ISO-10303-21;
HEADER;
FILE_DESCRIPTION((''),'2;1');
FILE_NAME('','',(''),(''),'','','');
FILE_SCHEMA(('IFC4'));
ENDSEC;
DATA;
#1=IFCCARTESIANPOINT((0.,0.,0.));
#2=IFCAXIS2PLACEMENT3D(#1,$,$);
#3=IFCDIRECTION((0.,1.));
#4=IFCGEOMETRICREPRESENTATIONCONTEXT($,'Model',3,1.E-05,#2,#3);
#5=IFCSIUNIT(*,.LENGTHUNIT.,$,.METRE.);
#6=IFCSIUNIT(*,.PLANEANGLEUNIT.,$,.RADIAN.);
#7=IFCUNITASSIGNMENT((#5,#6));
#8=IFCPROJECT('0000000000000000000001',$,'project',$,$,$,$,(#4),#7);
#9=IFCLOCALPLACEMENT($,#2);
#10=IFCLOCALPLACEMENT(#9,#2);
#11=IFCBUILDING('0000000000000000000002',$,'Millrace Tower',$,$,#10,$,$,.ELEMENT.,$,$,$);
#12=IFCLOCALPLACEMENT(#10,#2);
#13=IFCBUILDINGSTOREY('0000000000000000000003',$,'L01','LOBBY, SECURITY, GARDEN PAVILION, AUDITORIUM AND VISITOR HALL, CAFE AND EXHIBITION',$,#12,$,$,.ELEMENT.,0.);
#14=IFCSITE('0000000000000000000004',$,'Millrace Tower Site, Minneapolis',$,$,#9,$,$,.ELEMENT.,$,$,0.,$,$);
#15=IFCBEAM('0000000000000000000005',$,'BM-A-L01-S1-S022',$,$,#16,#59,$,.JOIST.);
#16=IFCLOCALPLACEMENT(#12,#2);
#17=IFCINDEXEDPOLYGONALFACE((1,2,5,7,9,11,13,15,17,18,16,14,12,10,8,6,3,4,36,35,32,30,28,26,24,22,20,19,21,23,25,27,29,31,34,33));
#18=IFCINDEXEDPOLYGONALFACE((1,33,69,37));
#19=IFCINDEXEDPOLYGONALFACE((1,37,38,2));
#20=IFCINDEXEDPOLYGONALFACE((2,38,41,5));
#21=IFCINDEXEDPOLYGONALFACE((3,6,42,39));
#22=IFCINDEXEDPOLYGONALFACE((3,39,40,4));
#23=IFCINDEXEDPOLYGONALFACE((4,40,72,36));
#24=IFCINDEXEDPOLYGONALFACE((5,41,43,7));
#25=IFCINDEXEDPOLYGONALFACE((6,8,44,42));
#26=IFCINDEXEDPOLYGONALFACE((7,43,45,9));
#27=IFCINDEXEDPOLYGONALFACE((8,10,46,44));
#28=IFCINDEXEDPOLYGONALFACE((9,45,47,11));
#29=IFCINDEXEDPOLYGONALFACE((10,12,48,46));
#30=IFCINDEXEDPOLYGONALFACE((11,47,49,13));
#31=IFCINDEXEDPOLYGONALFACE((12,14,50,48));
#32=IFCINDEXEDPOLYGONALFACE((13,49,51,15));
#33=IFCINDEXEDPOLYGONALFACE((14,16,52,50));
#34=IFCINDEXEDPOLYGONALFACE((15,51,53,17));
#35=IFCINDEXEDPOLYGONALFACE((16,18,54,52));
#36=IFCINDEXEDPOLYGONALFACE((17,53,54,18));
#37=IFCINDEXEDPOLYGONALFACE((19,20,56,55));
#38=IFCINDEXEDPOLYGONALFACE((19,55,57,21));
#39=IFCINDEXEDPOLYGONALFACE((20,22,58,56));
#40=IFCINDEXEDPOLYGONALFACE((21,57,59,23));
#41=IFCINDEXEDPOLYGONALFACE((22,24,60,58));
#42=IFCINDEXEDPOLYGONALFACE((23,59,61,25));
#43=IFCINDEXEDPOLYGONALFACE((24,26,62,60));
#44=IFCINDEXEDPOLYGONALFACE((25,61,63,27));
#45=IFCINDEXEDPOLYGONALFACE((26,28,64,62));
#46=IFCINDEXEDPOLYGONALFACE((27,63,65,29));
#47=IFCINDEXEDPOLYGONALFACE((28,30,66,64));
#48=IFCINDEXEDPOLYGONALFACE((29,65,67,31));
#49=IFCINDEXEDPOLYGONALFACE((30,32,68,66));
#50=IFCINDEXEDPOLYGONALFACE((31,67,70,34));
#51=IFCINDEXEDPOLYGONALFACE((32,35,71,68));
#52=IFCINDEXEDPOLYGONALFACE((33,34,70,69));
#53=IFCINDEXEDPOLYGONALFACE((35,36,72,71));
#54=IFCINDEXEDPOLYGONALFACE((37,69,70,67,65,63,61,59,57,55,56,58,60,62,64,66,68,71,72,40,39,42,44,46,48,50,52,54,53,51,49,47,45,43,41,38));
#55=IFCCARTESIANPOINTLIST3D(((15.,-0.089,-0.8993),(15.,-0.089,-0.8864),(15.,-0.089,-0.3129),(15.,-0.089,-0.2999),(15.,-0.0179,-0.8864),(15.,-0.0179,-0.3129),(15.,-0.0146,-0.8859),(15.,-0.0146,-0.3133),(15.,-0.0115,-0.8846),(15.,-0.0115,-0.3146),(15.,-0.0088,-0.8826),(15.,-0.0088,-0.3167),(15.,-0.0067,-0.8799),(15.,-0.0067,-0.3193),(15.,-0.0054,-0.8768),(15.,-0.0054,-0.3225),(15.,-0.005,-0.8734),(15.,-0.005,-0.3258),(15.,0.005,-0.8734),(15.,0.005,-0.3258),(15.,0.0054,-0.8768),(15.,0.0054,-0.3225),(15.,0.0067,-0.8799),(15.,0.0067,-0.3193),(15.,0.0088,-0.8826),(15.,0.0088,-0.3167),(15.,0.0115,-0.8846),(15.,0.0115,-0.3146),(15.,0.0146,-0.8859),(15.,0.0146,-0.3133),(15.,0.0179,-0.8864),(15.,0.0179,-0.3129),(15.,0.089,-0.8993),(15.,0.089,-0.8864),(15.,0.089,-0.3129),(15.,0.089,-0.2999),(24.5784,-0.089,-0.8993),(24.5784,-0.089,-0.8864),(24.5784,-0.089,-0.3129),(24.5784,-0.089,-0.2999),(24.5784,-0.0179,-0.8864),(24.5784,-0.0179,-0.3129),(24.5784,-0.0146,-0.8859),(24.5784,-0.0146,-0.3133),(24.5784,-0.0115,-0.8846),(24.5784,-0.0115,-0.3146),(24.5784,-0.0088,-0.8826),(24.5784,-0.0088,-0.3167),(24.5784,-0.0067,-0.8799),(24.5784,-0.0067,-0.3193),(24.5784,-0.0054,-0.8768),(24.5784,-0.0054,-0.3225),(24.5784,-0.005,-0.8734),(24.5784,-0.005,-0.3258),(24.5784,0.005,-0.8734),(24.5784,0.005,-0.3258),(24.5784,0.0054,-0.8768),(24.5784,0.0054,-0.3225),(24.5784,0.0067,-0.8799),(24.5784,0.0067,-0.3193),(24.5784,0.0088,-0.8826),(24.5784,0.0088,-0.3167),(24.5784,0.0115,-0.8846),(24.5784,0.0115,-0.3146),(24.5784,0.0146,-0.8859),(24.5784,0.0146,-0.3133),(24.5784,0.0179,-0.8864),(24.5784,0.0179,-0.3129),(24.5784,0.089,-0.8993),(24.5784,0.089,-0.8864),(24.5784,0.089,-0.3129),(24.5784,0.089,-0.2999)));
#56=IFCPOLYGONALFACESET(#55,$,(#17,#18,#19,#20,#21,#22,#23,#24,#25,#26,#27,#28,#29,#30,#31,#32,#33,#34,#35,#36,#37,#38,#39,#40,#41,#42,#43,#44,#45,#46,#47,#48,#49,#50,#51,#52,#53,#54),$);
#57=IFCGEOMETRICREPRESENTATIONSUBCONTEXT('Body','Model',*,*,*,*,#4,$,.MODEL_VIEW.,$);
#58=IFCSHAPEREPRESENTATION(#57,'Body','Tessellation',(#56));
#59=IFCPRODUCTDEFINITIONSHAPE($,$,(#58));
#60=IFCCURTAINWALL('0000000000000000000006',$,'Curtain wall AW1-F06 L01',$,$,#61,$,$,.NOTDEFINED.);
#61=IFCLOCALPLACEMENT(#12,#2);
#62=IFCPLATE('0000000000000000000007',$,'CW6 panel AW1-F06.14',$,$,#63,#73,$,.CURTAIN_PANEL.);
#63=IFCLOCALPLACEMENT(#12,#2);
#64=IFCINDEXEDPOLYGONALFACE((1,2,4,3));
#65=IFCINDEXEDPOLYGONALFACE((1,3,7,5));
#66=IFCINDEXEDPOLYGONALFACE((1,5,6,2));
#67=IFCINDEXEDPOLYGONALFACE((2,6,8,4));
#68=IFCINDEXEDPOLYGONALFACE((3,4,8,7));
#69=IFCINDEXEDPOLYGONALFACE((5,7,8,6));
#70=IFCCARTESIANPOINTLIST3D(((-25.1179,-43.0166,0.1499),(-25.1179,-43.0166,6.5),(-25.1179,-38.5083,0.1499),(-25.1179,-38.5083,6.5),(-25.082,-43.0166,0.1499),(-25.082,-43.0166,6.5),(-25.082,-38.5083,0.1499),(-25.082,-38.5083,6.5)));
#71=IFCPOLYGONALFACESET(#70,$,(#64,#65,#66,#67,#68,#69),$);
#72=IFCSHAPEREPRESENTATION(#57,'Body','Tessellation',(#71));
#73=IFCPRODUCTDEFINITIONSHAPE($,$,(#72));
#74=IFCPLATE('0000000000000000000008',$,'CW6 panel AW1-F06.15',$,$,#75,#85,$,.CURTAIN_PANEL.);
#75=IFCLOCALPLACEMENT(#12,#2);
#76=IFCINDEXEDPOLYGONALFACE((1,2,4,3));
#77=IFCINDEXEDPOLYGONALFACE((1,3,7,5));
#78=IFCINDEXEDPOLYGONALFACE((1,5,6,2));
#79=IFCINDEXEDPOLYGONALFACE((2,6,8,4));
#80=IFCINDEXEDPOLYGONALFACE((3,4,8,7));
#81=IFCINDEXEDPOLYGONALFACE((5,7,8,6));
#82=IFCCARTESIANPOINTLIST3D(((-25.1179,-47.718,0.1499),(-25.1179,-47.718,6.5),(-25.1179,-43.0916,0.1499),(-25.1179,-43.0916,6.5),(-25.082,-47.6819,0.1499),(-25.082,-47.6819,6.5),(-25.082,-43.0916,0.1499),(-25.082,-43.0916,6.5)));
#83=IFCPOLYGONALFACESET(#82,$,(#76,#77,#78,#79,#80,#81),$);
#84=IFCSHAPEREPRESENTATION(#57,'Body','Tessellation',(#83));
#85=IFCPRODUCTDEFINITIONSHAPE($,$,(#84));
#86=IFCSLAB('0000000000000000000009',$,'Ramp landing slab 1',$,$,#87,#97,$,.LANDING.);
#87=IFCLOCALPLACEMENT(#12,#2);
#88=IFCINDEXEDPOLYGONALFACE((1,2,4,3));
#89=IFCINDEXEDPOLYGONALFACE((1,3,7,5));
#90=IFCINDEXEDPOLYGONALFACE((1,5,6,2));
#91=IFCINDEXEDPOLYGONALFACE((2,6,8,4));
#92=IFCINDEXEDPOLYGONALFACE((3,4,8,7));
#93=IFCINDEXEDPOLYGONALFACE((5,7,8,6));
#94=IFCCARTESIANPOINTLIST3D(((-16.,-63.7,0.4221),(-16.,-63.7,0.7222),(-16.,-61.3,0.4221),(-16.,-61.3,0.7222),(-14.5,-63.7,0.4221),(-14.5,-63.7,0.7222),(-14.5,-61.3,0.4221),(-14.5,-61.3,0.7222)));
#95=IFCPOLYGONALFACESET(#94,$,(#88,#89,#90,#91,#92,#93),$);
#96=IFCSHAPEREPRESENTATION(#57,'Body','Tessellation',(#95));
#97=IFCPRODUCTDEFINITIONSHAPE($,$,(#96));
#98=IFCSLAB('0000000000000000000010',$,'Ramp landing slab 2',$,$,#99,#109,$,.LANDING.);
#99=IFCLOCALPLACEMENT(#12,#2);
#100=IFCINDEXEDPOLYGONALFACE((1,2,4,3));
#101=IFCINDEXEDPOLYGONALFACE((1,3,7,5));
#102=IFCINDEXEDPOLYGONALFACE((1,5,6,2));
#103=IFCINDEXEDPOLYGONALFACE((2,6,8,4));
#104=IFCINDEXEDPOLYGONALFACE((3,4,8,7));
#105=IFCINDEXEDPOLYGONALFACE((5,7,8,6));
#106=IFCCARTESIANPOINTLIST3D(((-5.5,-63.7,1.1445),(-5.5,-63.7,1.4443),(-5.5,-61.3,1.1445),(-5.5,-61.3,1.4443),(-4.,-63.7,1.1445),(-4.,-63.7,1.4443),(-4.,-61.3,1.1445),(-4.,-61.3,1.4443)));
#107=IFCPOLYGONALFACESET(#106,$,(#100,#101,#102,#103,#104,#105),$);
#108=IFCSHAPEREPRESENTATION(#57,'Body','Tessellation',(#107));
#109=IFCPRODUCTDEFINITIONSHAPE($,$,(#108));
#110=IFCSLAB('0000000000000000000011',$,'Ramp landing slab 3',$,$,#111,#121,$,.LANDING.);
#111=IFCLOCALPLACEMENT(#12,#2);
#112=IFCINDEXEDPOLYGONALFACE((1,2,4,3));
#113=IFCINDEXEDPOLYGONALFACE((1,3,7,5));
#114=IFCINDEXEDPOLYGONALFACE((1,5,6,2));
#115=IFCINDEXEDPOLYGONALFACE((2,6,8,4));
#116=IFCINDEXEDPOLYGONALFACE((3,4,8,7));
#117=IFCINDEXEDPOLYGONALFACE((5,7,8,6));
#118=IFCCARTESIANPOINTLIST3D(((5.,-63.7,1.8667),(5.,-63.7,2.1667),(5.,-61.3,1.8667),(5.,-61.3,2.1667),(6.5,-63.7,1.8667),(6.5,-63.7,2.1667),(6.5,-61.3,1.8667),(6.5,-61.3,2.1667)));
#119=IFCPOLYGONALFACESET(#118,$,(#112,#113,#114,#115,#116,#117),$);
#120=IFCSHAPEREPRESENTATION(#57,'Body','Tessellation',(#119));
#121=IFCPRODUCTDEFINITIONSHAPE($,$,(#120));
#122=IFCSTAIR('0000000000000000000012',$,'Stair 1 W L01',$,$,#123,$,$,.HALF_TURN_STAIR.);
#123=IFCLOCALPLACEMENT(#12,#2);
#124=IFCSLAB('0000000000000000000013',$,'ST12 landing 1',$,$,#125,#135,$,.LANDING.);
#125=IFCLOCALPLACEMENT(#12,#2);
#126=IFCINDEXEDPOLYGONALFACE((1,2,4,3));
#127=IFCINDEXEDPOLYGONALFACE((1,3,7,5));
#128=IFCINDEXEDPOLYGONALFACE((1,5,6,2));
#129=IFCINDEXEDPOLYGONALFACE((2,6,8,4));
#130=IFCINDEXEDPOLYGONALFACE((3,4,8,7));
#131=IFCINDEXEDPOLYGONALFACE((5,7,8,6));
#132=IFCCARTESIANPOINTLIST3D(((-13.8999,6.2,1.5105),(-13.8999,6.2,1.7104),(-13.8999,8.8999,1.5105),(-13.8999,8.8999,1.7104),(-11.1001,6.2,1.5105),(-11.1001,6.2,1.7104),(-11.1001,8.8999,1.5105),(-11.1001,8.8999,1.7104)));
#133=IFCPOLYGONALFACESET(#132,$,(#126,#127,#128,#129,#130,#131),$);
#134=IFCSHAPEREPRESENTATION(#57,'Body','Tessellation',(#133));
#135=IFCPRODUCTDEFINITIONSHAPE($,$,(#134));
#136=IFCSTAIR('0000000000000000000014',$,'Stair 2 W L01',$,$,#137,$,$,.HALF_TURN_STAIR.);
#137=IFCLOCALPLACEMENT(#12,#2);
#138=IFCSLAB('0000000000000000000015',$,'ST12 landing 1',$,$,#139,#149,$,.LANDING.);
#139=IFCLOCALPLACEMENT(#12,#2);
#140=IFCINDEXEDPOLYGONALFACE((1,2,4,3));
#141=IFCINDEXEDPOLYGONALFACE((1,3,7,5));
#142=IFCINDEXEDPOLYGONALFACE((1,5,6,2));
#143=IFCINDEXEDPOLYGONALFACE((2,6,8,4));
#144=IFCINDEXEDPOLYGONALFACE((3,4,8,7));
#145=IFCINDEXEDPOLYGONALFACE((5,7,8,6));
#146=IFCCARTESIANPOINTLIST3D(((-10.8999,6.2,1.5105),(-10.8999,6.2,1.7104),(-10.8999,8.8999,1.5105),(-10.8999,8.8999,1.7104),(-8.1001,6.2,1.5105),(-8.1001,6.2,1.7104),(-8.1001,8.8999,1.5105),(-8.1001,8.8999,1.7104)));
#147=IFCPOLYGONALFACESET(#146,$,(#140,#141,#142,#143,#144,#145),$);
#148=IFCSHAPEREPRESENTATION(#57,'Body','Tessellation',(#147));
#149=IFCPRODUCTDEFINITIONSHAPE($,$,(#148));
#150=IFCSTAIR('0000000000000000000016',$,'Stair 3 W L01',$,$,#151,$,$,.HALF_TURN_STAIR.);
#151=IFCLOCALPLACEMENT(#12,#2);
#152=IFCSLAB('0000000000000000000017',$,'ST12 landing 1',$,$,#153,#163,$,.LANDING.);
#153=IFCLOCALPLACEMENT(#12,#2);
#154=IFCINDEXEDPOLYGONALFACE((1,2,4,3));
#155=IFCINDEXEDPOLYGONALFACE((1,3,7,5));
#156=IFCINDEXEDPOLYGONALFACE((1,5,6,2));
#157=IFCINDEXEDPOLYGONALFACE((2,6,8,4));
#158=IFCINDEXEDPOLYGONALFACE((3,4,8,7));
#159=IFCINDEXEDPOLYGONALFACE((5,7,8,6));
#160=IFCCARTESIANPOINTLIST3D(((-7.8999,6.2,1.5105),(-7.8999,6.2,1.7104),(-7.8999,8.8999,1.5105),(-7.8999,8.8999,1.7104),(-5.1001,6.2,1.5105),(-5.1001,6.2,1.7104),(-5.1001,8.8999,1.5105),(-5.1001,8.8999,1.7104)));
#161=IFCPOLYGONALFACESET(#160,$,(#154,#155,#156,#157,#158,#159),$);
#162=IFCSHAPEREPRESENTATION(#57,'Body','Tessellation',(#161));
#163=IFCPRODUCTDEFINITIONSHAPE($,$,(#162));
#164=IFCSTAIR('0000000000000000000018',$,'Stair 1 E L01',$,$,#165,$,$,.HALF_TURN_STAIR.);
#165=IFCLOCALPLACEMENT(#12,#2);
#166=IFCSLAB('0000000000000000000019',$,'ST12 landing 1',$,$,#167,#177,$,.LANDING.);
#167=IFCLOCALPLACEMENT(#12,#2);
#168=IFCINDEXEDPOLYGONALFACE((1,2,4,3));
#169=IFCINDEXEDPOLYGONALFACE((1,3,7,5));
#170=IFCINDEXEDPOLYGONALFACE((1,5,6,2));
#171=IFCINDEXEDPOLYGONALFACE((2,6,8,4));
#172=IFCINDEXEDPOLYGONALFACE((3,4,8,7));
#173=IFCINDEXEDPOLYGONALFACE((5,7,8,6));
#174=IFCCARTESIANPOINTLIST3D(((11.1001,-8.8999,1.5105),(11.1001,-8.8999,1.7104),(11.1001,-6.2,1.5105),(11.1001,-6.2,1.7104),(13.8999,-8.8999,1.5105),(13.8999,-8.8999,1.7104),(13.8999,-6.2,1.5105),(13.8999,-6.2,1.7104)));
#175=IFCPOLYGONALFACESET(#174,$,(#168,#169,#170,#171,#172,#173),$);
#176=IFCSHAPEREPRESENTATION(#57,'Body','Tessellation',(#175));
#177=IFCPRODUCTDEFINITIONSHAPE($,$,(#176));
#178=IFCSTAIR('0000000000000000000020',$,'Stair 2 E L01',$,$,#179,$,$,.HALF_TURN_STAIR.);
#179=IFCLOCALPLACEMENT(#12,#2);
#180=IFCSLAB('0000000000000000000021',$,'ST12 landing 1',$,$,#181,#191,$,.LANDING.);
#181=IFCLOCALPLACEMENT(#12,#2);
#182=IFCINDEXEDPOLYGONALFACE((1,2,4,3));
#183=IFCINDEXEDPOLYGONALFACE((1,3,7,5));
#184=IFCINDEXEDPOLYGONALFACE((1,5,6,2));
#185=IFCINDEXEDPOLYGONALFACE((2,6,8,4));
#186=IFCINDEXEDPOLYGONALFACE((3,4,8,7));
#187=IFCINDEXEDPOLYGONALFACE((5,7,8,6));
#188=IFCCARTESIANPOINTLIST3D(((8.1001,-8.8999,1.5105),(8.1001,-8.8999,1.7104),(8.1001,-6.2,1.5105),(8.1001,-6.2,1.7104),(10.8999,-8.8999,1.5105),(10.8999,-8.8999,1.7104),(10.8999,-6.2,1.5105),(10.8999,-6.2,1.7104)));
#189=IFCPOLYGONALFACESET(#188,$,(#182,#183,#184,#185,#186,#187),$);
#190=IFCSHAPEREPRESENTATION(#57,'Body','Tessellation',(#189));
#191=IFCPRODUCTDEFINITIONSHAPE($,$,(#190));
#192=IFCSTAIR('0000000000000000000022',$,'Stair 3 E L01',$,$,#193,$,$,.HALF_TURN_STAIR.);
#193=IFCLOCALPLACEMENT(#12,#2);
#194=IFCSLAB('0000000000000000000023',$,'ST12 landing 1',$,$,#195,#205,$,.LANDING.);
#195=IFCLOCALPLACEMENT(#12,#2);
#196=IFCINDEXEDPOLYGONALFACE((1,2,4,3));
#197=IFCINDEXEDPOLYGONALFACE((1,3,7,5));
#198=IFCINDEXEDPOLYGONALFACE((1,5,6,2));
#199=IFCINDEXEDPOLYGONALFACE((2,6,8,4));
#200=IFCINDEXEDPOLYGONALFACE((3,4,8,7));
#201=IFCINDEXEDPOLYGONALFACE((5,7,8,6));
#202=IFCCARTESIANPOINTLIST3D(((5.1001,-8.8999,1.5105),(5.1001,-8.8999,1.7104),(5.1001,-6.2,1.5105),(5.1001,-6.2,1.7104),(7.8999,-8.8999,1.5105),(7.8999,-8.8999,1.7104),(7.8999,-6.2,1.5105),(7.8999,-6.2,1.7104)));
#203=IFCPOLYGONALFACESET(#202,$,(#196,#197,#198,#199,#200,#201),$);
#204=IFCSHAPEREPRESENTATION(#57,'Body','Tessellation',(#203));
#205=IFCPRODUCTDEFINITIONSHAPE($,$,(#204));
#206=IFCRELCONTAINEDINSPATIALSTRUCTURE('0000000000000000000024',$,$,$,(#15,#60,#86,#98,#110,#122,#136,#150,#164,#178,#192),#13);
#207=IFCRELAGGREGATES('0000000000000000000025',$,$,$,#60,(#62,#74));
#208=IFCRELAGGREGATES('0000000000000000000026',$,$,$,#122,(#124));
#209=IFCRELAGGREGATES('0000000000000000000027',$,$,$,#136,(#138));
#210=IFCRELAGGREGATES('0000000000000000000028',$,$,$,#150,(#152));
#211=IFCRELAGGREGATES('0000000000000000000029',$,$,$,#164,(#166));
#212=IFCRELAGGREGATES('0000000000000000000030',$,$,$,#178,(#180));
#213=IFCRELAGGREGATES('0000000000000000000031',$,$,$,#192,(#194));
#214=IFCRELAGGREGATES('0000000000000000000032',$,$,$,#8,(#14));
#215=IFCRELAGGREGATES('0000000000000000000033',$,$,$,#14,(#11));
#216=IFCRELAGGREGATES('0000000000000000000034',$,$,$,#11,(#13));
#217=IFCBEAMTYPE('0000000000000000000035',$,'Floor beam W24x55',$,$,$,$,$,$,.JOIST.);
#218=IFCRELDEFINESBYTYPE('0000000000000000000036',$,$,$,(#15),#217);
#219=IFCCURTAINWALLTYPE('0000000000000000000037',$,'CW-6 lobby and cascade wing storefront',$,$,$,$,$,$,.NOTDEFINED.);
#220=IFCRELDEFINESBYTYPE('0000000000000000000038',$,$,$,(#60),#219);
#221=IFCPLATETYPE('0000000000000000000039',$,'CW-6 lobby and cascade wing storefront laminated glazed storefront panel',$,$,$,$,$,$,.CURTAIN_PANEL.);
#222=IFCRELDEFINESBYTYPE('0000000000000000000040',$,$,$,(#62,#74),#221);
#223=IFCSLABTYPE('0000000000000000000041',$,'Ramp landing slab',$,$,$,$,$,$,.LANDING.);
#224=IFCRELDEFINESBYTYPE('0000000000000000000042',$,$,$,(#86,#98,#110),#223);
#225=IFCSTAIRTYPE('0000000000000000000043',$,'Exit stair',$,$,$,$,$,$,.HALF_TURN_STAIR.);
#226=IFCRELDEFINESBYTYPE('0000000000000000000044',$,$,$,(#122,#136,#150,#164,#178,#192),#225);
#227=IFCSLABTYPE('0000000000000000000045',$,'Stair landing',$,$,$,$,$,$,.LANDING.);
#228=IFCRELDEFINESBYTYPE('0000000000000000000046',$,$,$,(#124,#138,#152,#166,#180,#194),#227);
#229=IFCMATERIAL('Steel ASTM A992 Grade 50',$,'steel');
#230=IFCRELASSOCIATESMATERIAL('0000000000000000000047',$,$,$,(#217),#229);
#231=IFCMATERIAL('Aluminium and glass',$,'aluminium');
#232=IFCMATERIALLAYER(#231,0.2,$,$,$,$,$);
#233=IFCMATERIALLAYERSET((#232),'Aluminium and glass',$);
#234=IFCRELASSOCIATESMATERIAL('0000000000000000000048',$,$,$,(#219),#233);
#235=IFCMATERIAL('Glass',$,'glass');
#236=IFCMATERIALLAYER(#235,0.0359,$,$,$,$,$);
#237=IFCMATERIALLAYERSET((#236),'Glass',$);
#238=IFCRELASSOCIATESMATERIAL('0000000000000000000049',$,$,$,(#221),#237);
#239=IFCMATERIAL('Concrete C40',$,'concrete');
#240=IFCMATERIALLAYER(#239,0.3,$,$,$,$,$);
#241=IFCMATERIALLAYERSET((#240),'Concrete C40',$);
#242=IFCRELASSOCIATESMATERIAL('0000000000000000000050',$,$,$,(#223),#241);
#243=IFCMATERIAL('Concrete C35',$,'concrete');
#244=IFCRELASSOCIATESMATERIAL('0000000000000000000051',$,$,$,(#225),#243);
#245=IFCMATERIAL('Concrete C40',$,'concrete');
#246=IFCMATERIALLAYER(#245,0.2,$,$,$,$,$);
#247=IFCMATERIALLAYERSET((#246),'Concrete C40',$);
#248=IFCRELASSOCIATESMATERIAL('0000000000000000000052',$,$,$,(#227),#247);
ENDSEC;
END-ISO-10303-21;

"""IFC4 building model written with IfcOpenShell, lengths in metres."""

from ifc_helpers import new_model, si_unit, direction, frame, origin, origin_2d, place, context, subcontext, project, spatial, polyline, i_section, outline, extrude, material, layer, layer_set, material_profile, profile_set, type_object, element, aggregate, save


model = new_model("IFC4")

# Units and contexts
model_context = context("Model", 3, precision=1e-05, world=origin(), true_north=direction((0.0, 1.0)))
body_context = subcontext(model_context, "Body", "Model", "MODEL_VIEW")
ifc_project = project(units=[si_unit("LENGTHUNIT", "METRE"), si_unit("PLANEANGLEUNIT", "RADIAN")], contexts=[model_context])

# Site, building, storey
site_placement = place(None, origin())
site = spatial("IfcSite", under=ifc_project, at=site_placement, Name="Millrace Tower Site, Minneapolis", CompositionType="ELEMENT", RefElevation=0.0)
building_placement = place(site_placement, origin())
building = spatial("IfcBuilding", under=site, at=building_placement, Name="Millrace Tower", CompositionType="ELEMENT")
storey_placement = place(building_placement, origin())
storey = spatial("IfcBuildingStorey", under=building, at=storey_placement, Name="L01", Description="LOBBY, SECURITY, GARDEN PAVILION, AUDITORIUM AND VISITOR HALL, CAFE AND EXHIBITION", CompositionType="ELEMENT", Elevation=0.0)

# Beam
ifc_material_1 = material(Name="Steel ASTM A992 Grade 50", Category="steel")
ifc_material_profile = material_profile(ifc_material_1, i_section(OverallWidth=0.178, OverallDepth=0.5994, WebThickness=0.01, FlangeThickness=0.0129, FilletRadius=0.0129, at=origin_2d()))
ifc_profile_set = profile_set([ifc_material_profile], Name="Steel ASTM A992 Grade 50")
beam_type = type_object("IfcBeamType", Name="Floor beam W24x55", PredefinedType="JOIST", material=ifc_profile_set)
beam_placement = place(storey_placement, frame((15.0, 0.0, -0.5996), z_axis=(1.0, 0.0, 0.0), x_axis=(0.0, 1.0, 0.0)))
element("IfcBeam", 1, at=beam_placement, inside=storey, type_object=beam_type, Name="BM-A-L01-S1-S022", PredefinedType="JOIST", context=body_context, shape_type="SweptSolid", body=[
    extrude(i_section(OverallWidth=0.178, OverallDepth=0.5994, WebThickness=0.01, FlangeThickness=0.0129, FilletRadius=0.0129, at=origin_2d()), origin(), (0.0, 0.0, 1.0), 9.5784),
])

# Curtain wall, plates
ifc_material_2 = material(Name="Aluminium and glass", Category="aluminium")
ifc_layer_1 = layer(ifc_material_2, 0.2)
ifc_layer_set_1 = layer_set([ifc_layer_1], Name="Aluminium and glass")
curtain_wall_type = type_object("IfcCurtainWallType", Name="CW-6 lobby and cascade wing storefront", PredefinedType="NOTDEFINED", material=ifc_layer_set_1)
placement_1 = place(storey_placement, origin())
curtain_wall = element("IfcCurtainWall", 2, at=placement_1, inside=storey, type_object=curtain_wall_type, Name="Curtain wall AW1-F06 L01", PredefinedType="NOTDEFINED")
ifc_material_3 = material(Name="Glass", Category="glass")
ifc_layer_2 = layer(ifc_material_3, 0.0359)
ifc_layer_set_2 = layer_set([ifc_layer_2], Name="Glass")
plate_type = type_object("IfcPlateType", Name="CW-6 lobby and cascade wing storefront laminated glazed storefront panel", PredefinedType="CURTAIN_PANEL", material=ifc_layer_set_2)
placement_2 = place(storey_placement, frame((0.0, 0.0, 0.1499)))
plate_1 = element("IfcPlate", 3, at=placement_2, type_object=plate_type, Name="CW6 panel AW1-F06.14", PredefinedType="CURTAIN_PANEL", context=body_context, shape_type="SweptSolid", body=[
    extrude(outline(polyline([(-25.1179, -38.5083), (-25.1179, -43.0166), (-25.082, -43.0166), (-25.082, -38.5083), (-25.1179, -38.5083)])), origin(), (0.0, 0.0, 1.0), 6.3501),
])
plate_2 = element("IfcPlate", 4, at=placement_2, type_object=plate_type, Name="CW6 panel AW1-F06.15", PredefinedType="CURTAIN_PANEL", context=body_context, shape_type="SweptSolid", body=[
    extrude(outline(polyline([(-25.1179, -43.0916), (-25.1179, -47.718), (-25.082, -47.6819), (-25.082, -43.0916), (-25.1179, -43.0916)])), origin(), (0.0, 0.0, 1.0), 6.3501),
])
aggregate(curtain_wall, [plate_1, plate_2])

# Slabs
ifc_material_4 = material(Name="Concrete C40", Category="concrete")
ifc_layer_3 = layer(ifc_material_4, 0.3)
ifc_layer_set_3 = layer_set([ifc_layer_3], Name="Concrete C40")
slab_type_1 = type_object("IfcSlabType", Name="Ramp landing slab", PredefinedType="LANDING", material=ifc_layer_set_3)
slab_1_placement = place(storey_placement, frame((0.0, 0.0, 0.4221)))
element("IfcSlab", 5, at=slab_1_placement, inside=storey, type_object=slab_type_1, Name="Ramp landing slab 1", PredefinedType="LANDING", context=body_context, shape_type="SweptSolid", body=[
    extrude(outline(polyline([(-16.0, -63.7), (-14.5, -63.7), (-14.5, -61.3), (-16.0, -61.3), (-16.0, -63.7)])), origin(), (0.0, 0.0, 1.0), 0.3),
])
slab_2_placement = place(storey_placement, frame((0.0, 0.0, 1.1445)))
element("IfcSlab", 6, at=slab_2_placement, inside=storey, type_object=slab_type_1, Name="Ramp landing slab 2", PredefinedType="LANDING", context=body_context, shape_type="SweptSolid", body=[
    extrude(outline(polyline([(-5.5, -63.7), (-4.0, -63.7), (-4.0, -61.3), (-5.5, -61.3), (-5.5, -63.7)])), origin(), (0.0, 0.0, 1.0), 0.2998),
])
slab_3_placement = place(storey_placement, frame((0.0, 0.0, 1.8667)))
element("IfcSlab", 7, at=slab_3_placement, inside=storey, type_object=slab_type_1, Name="Ramp landing slab 3", PredefinedType="LANDING", context=body_context, shape_type="SweptSolid", body=[
    extrude(outline(polyline([(5.0, -63.7), (6.5, -63.7), (6.5, -61.3), (5.0, -61.3), (5.0, -63.7)])), origin(), (0.0, 0.0, 1.0), 0.3),
])

# Stairs, slabs
ifc_material_5 = material(Name="Concrete C35", Category="concrete")
stair_type = type_object("IfcStairType", Name="Exit stair", PredefinedType="HALF_TURN_STAIR", material=ifc_material_5)
stair_1 = element("IfcStair", 8, at=placement_1, inside=storey, type_object=stair_type, Name="Stair 1 W L01", PredefinedType="HALF_TURN_STAIR")
ifc_material_6 = material(Name="Concrete C40", Category="concrete")
ifc_layer_4 = layer(ifc_material_6, 0.2)
ifc_layer_set_4 = layer_set([ifc_layer_4], Name="Concrete C40")
slab_type_2 = type_object("IfcSlabType", Name="Stair landing", PredefinedType="LANDING", material=ifc_layer_set_4)
placement_3 = place(storey_placement, frame((0.0, 0.0, 1.5105)))
slab_4 = element("IfcSlab", 9, at=placement_3, type_object=slab_type_2, Name="ST12 landing 1", PredefinedType="LANDING", context=body_context, shape_type="SweptSolid", body=[
    extrude(outline(polyline([(-13.8999, 6.2), (-11.1001, 6.2), (-11.1001, 8.8999), (-13.8999, 8.8999), (-13.8999, 6.2)])), origin(), (0.0, 0.0, 1.0), 0.2),
])
aggregate(stair_1, [slab_4])
stair_2 = element("IfcStair", 10, at=placement_1, inside=storey, type_object=stair_type, Name="Stair 2 W L01", PredefinedType="HALF_TURN_STAIR")
slab_5 = element("IfcSlab", 11, at=placement_3, type_object=slab_type_2, Name="ST12 landing 1", PredefinedType="LANDING", context=body_context, shape_type="SweptSolid", body=[
    extrude(outline(polyline([(-10.8999, 6.2), (-8.1001, 6.2), (-8.1001, 8.8999), (-10.8999, 8.8999), (-10.8999, 6.2)])), origin(), (0.0, 0.0, 1.0), 0.2),
])
aggregate(stair_2, [slab_5])
stair_3 = element("IfcStair", 12, at=placement_1, inside=storey, type_object=stair_type, Name="Stair 3 W L01", PredefinedType="HALF_TURN_STAIR")
slab_6 = element("IfcSlab", 13, at=placement_3, type_object=slab_type_2, Name="ST12 landing 1", PredefinedType="LANDING", context=body_context, shape_type="SweptSolid", body=[
    extrude(outline(polyline([(-7.8999, 6.2), (-5.1001, 6.2), (-5.1001, 8.8999), (-7.8999, 8.8999), (-7.8999, 6.2)])), origin(), (0.0, 0.0, 1.0), 0.2),
])
aggregate(stair_3, [slab_6])
stair_4 = element("IfcStair", 14, at=placement_1, inside=storey, type_object=stair_type, Name="Stair 1 E L01", PredefinedType="HALF_TURN_STAIR")
slab_7 = element("IfcSlab", 15, at=placement_3, type_object=slab_type_2, Name="ST12 landing 1", PredefinedType="LANDING", context=body_context, shape_type="SweptSolid", body=[
    extrude(outline(polyline([(11.1001, -8.8999), (13.8999, -8.8999), (13.8999, -6.2), (11.1001, -6.2), (11.1001, -8.8999)])), origin(), (0.0, 0.0, 1.0), 0.2),
])
aggregate(stair_4, [slab_7])
stair_5 = element("IfcStair", 16, at=placement_1, inside=storey, type_object=stair_type, Name="Stair 2 E L01", PredefinedType="HALF_TURN_STAIR")
slab_8 = element("IfcSlab", 17, at=placement_3, type_object=slab_type_2, Name="ST12 landing 1", PredefinedType="LANDING", context=body_context, shape_type="SweptSolid", body=[
    extrude(outline(polyline([(8.1001, -8.8999), (10.8999, -8.8999), (10.8999, -6.2), (8.1001, -6.2), (8.1001, -8.8999)])), origin(), (0.0, 0.0, 1.0), 0.2),
])
aggregate(stair_5, [slab_8])
stair_6 = element("IfcStair", 18, at=placement_1, inside=storey, type_object=stair_type, Name="Stair 3 E L01", PredefinedType="HALF_TURN_STAIR")
slab_9 = element("IfcSlab", 19, at=placement_3, type_object=slab_type_2, Name="ST12 landing 1", PredefinedType="LANDING", context=body_context, shape_type="SweptSolid", body=[
    extrude(outline(polyline([(5.1001, -8.8999), (7.8999, -8.8999), (7.8999, -6.2), (5.1001, -6.2), (5.1001, -8.8999)])), origin(), (0.0, 0.0, 1.0), 0.2),
])
aggregate(stair_6, [slab_9])

save(model, "model.ifc")
